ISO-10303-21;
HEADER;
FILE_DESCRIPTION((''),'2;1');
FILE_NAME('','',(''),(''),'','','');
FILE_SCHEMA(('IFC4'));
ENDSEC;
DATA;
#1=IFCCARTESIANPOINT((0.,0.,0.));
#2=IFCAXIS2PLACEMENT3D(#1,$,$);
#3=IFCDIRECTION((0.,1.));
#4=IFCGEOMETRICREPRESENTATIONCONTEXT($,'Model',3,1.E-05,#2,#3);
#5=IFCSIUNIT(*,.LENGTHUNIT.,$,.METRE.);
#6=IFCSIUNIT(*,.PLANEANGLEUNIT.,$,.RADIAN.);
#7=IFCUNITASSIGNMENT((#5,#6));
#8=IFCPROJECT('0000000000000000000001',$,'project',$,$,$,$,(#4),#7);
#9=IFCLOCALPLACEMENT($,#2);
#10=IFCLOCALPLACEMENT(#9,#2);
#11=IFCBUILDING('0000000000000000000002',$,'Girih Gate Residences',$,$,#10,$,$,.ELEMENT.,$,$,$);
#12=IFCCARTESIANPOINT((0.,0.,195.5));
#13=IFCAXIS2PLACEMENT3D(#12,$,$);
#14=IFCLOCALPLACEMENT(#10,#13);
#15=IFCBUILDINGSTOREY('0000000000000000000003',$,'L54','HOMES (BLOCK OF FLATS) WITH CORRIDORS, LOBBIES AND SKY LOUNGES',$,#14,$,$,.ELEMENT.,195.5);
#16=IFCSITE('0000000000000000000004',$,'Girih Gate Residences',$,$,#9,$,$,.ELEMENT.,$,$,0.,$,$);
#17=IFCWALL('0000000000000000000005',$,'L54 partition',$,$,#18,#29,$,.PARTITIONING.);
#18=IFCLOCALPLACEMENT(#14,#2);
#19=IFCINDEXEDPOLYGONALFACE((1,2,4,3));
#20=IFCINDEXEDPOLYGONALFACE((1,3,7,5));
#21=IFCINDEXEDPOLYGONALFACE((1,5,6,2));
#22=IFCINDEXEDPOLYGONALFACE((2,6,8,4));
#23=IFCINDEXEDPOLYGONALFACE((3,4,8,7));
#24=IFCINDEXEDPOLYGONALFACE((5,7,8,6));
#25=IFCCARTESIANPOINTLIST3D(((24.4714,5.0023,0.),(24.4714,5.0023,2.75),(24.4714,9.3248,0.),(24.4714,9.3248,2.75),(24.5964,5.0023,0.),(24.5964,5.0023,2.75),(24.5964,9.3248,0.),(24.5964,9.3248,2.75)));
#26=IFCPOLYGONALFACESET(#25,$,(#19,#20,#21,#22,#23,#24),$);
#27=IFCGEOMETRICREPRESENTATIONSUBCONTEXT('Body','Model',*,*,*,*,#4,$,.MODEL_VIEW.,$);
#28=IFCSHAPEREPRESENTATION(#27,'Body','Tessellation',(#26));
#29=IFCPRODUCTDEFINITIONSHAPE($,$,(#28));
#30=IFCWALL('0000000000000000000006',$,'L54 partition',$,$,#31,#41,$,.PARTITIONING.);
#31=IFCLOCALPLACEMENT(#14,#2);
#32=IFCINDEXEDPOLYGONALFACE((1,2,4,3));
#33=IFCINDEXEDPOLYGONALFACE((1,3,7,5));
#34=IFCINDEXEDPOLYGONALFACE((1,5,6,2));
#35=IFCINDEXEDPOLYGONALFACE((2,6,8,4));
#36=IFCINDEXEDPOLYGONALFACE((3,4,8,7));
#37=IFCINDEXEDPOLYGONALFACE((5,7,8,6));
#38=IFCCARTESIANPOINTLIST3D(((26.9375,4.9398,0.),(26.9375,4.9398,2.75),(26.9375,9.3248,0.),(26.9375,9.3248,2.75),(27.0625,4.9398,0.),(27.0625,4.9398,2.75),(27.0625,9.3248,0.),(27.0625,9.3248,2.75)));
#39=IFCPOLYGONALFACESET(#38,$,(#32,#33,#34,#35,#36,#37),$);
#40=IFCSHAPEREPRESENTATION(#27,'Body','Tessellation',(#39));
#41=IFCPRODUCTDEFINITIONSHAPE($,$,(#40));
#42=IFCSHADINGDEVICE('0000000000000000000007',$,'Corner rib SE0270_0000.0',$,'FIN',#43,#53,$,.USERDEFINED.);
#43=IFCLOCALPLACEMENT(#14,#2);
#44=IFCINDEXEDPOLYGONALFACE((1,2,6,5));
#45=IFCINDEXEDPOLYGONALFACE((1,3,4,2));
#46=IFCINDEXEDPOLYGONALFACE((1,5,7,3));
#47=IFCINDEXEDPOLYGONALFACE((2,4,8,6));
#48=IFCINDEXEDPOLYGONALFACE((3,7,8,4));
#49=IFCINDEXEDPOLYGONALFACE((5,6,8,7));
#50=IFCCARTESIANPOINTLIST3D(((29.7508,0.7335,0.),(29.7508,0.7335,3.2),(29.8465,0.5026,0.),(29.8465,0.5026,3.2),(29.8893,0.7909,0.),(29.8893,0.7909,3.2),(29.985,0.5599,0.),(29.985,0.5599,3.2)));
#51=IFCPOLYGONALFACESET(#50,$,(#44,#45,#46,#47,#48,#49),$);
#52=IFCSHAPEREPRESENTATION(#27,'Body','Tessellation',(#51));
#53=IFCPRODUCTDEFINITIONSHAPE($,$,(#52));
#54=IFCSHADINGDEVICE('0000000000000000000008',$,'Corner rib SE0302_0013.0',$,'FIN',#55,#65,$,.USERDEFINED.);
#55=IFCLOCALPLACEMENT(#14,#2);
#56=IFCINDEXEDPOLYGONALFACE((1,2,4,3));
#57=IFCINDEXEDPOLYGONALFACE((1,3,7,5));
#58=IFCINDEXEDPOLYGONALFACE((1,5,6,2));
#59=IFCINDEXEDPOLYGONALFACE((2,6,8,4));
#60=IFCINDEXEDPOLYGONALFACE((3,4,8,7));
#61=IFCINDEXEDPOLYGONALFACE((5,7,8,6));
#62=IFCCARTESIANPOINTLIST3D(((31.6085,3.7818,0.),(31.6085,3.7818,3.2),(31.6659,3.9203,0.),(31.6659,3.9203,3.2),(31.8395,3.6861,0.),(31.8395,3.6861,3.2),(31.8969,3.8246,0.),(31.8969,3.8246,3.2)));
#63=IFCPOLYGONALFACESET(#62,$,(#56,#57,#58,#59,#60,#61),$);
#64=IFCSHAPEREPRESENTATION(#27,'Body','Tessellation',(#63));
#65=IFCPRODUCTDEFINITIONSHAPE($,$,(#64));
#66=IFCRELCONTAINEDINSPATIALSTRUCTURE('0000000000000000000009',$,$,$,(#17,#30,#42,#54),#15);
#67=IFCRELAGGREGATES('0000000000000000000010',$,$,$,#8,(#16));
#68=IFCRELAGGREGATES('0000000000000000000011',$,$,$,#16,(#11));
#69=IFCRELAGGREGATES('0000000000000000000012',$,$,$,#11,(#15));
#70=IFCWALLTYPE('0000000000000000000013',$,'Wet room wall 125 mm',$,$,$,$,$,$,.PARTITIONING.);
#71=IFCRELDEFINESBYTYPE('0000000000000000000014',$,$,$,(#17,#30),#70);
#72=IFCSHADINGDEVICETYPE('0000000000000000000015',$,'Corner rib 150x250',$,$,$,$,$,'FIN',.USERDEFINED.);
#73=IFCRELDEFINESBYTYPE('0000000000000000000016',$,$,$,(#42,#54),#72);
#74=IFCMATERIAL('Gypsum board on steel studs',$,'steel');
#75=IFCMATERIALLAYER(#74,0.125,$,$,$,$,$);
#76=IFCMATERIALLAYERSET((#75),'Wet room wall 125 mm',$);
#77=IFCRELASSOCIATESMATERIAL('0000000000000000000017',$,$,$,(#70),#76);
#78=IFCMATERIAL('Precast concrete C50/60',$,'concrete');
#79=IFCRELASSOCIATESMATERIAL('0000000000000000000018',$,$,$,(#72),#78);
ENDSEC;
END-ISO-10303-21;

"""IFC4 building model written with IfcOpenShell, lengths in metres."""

from ifc_helpers import new_model, si_unit, direction, frame, frame_2d, origin, origin_2d, place, context, subcontext, project, spatial, rectangle, extrude, material, layer, layer_set, type_object, element, save


model = new_model("IFC4")

# Units and contexts
model_context = context("Model", 3, precision=1e-05, world=origin(), true_north=direction((0.0, 1.0)))
body_context = subcontext(model_context, "Body", "Model", "MODEL_VIEW")
ifc_project = project(units=[si_unit("LENGTHUNIT", "METRE"), si_unit("PLANEANGLEUNIT", "RADIAN")], contexts=[model_context])

# Site, building, storey
site_placement = place(None, origin())
site = spatial("IfcSite", under=ifc_project, at=site_placement, Name="Girih Gate Residences", CompositionType="ELEMENT", RefElevation=0.0)
building_placement = place(site_placement, origin())
building = spatial("IfcBuilding", under=site, at=building_placement, Name="Girih Gate Residences", CompositionType="ELEMENT")
storey_placement = place(building_placement, frame((0.0, 0.0, 195.5)))
storey = spatial("IfcBuildingStorey", under=building, at=storey_placement, Name="L54", Description="HOMES (BLOCK OF FLATS) WITH CORRIDORS, LOBBIES AND SKY LOUNGES", CompositionType="ELEMENT", Elevation=195.5)

# Shared definitions
ifc_material_1 = material(Name="Gypsum board on steel studs", Category="steel")

# Shared definitions
ifc_material_2 = material(Name="Precast concrete C50/60", Category="concrete")

# Shared definitions
ifc_layer_1 = layer(ifc_material_1, 0.125)
ifc_layer_set_1 = layer_set([ifc_layer_1], Name="Wet room wall 125 mm")
wall_type_1 = type_object("IfcWallType", Name="Wet room wall 125 mm", PredefinedType="PARTITIONING", material=ifc_layer_set_1)

# Walls
wall_1_placement = place(storey_placement, frame((24.5339, 5.0024, 0.0), z_axis=(0.0, 0.0, 1.0), x_axis=(0.0, 1.0, 0.0)))
element("IfcWall", 1, at=wall_1_placement, inside=storey, type_object=wall_type_1, Name="L54 partition", PredefinedType="PARTITIONING", context=body_context, shape_type="SweptSolid", body=[
    extrude(rectangle(XDim=4.3225, YDim=0.125, at=frame_2d((2.1611, 0.0))), origin(), (0.0, 0.0, 1.0), 2.75),
])
wall_2_placement = place(storey_placement, frame((27.0, 4.9399, 0.0), z_axis=(0.0, 0.0, 1.0), x_axis=(0.0, 1.0, 0.0)))
element("IfcWall", 2, at=wall_2_placement, inside=storey, type_object=wall_type_1, Name="L54 partition", PredefinedType="PARTITIONING", context=body_context, shape_type="SweptSolid", body=[
    extrude(rectangle(XDim=4.385, YDim=0.125, at=frame_2d((2.1924, 0.0))), origin(), (0.0, 0.0, 1.0), 2.75),
])

# Shading devices
shading_device_type = type_object("IfcShadingDeviceType", Name="Corner rib 150x250", ElementType="FIN", PredefinedType="USERDEFINED", material=ifc_material_2)
for number, where, z_axis, x_axis, name in (
    (3, (29.8679, 0.6467, 0.0), (0.0, 0.0, 1.0), (0.92388, 0.382683, 0.0), "Corner rib SE0270_0000.0"),
    (4, (31.7527, 3.8032, 0.0), (0.0, 0.0, 1.0), (0.382683, 0.92388, 0.0), "Corner rib SE0302_0013.0"),
):
    element("IfcShadingDevice", number, at=place(storey_placement, frame(where, z_axis=z_axis, x_axis=x_axis)), inside=storey, type_object=shading_device_type, Name=name, ObjectType="FIN", PredefinedType="USERDEFINED", context=body_context, shape_type="SweptSolid", body=[
        extrude(rectangle(XDim=0.1499, YDim=0.25, at=origin_2d()), origin(), (0.0, 0.0, 1.0), 3.2),
    ])

save(model, "model.ifc")
